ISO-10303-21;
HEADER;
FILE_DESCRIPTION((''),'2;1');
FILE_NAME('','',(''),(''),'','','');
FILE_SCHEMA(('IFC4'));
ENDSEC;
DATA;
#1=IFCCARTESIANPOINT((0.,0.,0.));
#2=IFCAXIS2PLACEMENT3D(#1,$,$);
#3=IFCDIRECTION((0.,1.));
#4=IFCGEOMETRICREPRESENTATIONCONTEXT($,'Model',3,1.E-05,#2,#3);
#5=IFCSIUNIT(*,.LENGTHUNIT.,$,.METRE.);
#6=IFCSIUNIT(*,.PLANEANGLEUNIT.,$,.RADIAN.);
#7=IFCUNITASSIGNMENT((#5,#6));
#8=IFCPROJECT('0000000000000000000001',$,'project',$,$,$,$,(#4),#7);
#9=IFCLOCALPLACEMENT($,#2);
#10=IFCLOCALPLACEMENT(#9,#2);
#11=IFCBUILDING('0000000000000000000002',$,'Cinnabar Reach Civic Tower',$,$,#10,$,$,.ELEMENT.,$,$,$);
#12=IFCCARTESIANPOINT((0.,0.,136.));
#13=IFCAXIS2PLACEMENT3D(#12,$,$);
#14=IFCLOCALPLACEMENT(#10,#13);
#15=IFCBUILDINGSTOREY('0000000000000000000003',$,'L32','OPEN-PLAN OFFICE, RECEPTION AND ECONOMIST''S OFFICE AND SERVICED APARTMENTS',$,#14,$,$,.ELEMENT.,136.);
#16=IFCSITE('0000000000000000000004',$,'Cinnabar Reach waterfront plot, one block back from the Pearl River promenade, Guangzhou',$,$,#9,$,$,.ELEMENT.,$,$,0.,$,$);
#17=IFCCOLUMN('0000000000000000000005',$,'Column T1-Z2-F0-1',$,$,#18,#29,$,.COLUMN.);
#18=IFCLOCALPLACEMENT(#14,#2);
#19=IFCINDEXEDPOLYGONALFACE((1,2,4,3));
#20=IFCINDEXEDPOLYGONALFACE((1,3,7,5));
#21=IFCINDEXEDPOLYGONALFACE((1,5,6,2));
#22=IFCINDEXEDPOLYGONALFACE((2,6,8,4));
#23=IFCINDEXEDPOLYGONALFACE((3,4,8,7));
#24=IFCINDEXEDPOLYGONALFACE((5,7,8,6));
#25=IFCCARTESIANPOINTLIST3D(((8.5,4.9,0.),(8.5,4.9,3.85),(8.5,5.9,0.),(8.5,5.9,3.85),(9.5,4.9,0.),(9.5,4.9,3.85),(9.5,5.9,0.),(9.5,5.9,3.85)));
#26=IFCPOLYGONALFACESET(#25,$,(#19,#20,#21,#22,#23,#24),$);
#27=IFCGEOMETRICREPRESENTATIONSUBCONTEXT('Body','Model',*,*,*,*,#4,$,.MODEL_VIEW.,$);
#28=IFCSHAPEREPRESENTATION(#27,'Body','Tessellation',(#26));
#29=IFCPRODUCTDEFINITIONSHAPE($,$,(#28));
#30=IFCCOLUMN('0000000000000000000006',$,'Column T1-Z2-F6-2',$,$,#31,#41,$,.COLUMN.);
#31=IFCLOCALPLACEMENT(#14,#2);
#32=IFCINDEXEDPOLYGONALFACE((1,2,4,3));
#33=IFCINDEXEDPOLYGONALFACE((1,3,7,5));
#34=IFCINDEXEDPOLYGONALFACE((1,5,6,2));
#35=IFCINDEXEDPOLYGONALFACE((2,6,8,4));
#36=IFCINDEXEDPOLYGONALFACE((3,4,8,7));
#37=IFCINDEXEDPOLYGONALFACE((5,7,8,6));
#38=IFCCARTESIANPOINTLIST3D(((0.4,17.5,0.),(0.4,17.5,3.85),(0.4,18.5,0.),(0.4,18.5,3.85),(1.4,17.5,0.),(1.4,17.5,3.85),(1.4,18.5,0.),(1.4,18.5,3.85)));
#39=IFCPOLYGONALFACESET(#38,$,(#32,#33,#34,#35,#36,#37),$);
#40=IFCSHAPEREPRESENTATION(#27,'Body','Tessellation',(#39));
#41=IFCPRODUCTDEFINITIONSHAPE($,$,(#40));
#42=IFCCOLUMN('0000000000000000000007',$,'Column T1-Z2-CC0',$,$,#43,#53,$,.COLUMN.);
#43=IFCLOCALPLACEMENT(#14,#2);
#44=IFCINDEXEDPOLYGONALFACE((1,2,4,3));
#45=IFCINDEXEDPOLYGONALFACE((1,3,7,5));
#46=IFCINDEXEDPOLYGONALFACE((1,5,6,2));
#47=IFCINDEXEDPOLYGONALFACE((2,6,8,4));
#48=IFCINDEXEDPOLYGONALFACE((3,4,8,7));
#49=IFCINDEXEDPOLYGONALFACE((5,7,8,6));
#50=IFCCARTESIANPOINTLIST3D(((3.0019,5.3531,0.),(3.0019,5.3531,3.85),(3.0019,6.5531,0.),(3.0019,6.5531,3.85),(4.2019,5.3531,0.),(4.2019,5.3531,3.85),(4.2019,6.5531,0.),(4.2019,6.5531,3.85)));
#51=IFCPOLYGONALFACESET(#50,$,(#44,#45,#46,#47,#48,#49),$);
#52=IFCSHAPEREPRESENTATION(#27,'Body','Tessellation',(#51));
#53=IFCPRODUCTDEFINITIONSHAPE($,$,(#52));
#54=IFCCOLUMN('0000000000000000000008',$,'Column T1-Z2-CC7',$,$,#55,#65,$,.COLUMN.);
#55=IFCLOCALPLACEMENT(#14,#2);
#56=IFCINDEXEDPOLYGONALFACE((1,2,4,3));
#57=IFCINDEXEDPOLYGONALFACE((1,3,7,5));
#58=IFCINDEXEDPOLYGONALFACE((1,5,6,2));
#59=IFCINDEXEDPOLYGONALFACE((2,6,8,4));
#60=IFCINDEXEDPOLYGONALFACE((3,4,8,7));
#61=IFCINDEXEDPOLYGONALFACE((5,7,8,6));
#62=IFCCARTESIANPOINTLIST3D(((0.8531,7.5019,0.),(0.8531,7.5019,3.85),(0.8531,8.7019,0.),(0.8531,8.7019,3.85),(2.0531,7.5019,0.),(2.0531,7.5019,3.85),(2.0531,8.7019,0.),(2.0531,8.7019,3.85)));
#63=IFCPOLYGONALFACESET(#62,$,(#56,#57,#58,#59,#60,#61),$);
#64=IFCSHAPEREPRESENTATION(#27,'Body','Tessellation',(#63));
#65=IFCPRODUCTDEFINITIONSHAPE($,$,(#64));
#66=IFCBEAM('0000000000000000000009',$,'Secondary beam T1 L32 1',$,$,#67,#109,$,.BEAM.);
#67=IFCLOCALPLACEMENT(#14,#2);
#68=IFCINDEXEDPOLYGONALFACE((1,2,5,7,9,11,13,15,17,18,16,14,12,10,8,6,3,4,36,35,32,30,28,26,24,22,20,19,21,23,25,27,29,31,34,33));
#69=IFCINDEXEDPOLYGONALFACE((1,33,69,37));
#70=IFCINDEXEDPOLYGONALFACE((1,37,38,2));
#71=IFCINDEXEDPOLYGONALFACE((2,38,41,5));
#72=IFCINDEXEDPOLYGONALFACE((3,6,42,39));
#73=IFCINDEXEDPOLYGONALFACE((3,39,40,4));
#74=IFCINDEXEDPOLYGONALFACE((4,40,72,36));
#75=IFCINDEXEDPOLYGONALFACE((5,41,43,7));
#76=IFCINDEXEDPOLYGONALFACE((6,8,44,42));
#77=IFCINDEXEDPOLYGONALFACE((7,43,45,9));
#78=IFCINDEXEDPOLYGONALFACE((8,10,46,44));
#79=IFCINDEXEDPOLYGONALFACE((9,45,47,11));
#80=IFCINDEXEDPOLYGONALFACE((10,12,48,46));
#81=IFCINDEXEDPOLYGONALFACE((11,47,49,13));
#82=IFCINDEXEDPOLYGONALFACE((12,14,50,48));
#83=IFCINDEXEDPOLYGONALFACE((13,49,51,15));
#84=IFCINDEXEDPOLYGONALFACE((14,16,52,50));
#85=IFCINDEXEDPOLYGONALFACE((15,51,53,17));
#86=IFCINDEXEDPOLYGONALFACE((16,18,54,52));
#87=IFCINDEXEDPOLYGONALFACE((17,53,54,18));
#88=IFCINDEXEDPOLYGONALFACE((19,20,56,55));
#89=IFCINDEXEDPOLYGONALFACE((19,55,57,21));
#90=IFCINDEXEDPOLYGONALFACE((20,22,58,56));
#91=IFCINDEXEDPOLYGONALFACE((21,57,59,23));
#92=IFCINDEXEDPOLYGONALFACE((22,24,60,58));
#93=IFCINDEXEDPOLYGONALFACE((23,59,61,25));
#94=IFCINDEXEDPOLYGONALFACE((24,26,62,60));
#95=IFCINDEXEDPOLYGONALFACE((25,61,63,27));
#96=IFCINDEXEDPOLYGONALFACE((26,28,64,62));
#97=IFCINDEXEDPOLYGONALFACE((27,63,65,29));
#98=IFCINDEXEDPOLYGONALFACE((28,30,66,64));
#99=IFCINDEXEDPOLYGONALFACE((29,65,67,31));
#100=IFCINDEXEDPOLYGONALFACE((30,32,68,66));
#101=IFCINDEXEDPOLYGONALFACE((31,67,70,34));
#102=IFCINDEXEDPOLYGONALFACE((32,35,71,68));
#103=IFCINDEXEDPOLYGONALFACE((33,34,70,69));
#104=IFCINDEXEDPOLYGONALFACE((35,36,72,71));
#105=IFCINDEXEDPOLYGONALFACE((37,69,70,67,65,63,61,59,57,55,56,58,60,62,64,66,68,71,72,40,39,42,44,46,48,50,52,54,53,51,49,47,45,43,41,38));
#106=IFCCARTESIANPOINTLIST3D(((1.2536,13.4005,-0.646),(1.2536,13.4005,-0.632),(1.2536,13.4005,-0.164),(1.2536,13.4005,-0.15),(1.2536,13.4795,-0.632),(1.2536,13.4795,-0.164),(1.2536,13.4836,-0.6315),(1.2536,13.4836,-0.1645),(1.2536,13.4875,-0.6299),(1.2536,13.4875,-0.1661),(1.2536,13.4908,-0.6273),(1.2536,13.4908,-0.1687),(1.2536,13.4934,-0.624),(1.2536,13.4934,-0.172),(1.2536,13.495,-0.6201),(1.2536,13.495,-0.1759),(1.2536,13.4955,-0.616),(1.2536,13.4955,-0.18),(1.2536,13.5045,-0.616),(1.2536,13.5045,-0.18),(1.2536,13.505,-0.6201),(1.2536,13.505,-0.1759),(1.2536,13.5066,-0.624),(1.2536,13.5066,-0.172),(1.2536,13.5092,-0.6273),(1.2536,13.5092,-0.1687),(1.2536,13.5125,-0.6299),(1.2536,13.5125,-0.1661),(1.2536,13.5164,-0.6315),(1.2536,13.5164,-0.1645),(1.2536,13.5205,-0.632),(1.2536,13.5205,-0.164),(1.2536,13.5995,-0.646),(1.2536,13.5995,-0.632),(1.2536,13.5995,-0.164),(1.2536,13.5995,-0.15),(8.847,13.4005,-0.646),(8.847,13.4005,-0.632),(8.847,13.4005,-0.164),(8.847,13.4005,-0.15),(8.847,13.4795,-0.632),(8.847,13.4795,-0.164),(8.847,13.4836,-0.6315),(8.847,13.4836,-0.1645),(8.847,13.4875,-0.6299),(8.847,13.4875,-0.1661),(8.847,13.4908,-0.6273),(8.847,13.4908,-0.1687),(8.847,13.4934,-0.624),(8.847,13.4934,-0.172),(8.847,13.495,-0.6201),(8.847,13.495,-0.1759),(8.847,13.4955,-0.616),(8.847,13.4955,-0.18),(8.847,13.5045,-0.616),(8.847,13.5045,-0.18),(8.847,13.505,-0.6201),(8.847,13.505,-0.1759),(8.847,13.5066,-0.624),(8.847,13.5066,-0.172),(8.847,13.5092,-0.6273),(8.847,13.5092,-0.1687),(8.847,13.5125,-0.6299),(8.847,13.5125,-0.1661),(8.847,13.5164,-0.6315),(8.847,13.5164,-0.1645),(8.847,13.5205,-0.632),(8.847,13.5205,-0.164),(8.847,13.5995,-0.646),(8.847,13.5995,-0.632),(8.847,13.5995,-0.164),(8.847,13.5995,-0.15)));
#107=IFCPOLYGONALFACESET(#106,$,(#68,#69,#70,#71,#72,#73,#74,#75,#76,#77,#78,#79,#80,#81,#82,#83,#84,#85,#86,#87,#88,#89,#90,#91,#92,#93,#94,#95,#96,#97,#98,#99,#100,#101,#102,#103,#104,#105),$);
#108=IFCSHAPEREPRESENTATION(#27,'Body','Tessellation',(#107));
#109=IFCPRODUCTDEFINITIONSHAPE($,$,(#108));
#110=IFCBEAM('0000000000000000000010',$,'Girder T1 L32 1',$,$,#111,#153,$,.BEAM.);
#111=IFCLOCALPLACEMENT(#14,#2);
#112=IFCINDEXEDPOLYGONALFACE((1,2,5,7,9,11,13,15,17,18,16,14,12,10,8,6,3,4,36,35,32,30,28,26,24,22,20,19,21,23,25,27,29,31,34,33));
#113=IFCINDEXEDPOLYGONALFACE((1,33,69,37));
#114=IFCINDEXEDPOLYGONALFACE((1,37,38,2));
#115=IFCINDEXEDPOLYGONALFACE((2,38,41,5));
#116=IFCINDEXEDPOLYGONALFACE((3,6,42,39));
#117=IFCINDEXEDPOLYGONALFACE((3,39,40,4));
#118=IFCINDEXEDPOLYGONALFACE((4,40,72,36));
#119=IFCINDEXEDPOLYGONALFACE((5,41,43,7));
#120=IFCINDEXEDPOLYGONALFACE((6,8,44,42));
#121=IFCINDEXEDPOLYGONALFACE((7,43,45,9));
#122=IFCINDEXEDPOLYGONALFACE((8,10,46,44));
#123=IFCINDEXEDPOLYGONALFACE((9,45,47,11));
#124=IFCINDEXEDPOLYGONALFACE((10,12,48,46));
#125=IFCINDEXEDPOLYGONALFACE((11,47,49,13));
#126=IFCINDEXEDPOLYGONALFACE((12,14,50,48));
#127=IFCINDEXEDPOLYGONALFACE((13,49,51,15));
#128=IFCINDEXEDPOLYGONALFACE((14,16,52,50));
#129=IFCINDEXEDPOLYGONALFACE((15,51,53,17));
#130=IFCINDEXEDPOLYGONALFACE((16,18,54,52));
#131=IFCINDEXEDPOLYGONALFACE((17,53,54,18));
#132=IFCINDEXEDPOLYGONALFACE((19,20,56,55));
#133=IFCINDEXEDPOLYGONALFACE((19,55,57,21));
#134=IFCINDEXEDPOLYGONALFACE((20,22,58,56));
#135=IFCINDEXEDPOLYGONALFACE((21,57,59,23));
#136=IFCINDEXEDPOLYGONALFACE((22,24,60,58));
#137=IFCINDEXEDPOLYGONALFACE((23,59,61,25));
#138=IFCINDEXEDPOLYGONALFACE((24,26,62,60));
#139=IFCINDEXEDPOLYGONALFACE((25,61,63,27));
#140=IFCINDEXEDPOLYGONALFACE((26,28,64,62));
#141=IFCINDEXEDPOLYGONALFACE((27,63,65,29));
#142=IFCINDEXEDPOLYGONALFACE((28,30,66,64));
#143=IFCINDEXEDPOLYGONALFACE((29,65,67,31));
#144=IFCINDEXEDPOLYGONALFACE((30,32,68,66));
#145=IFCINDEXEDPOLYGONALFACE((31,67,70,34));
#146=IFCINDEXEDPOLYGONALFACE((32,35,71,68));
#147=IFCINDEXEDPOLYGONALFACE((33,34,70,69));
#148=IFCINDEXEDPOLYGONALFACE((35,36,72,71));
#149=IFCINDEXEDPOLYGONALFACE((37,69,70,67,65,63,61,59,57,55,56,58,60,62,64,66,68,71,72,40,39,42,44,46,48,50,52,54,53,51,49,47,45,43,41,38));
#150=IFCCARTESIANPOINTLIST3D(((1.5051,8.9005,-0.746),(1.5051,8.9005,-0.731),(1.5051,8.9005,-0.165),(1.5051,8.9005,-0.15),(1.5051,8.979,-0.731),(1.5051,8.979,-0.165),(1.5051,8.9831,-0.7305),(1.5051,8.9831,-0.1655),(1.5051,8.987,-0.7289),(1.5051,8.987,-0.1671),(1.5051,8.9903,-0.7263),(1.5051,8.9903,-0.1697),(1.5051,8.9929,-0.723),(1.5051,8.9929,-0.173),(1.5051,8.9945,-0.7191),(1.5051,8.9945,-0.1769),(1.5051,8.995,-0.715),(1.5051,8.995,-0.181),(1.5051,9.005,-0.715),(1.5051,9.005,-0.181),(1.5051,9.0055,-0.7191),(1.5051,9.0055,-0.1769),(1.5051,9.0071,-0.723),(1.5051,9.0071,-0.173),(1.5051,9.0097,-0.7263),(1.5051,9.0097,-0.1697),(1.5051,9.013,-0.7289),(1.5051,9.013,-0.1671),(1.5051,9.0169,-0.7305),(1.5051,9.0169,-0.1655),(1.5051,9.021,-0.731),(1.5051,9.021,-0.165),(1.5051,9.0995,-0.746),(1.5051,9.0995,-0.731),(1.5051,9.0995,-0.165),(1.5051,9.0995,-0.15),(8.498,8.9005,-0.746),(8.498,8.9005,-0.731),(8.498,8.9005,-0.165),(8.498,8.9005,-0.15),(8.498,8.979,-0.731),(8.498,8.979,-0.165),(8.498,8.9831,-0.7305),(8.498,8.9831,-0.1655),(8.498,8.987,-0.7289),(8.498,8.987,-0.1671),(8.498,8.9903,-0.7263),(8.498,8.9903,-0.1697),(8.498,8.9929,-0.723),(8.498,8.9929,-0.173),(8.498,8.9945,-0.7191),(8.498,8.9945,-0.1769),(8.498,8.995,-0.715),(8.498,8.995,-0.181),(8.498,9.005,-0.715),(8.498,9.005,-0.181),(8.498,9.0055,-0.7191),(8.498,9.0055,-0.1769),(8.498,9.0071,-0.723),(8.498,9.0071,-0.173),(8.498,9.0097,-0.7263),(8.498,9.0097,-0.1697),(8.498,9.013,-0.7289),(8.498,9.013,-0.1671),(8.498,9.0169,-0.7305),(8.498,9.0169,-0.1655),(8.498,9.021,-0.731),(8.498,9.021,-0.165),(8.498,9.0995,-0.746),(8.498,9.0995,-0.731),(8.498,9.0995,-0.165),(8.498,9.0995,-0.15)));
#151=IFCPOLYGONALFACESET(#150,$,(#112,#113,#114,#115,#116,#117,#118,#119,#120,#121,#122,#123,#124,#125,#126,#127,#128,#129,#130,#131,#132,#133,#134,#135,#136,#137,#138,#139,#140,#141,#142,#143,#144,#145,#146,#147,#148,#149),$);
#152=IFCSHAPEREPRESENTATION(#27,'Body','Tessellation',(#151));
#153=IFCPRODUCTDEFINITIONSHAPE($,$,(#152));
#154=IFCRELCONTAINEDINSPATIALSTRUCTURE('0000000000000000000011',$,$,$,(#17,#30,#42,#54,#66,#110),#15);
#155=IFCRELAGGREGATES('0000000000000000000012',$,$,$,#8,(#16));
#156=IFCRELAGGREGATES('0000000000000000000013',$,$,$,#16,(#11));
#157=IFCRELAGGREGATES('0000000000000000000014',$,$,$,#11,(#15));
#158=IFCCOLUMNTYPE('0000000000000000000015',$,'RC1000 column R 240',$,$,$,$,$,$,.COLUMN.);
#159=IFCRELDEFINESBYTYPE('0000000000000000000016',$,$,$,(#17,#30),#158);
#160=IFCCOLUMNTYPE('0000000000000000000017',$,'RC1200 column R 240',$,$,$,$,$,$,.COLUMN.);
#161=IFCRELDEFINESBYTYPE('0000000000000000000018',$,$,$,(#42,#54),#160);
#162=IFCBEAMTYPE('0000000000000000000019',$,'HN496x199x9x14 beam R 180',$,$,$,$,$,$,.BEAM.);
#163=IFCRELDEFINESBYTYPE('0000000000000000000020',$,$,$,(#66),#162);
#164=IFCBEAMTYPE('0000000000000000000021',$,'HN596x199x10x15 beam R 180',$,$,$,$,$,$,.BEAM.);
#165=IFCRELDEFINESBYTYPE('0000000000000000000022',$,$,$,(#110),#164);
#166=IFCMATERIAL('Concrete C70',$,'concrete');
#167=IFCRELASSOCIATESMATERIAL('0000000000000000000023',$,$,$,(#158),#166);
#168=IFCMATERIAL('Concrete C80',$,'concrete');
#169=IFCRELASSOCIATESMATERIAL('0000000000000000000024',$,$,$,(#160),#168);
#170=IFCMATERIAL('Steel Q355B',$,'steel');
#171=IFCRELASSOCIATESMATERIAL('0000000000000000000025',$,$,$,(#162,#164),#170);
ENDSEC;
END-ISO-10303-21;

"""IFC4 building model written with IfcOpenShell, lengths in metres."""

from ifc_helpers import new_model, si_unit, direction, frame, origin, origin_2d, place, context, subcontext, project, spatial, rectangle, i_section, extrude, material, material_profile, profile_set, type_object, element, save


model = new_model("IFC4")

# Units and contexts
model_context = context("Model", 3, precision=1e-05, world=origin(), true_north=direction((0.0, 1.0)))
body_context = subcontext(model_context, "Body", "Model", "MODEL_VIEW")
ifc_project = project(units=[si_unit("LENGTHUNIT", "METRE"), si_unit("PLANEANGLEUNIT", "RADIAN")], contexts=[model_context])

# Site, building, storey
site_placement = place(None, origin())
site = spatial("IfcSite", under=ifc_project, at=site_placement, Name="Cinnabar Reach waterfront plot, one block back from the Pearl River promenade, Guangzhou", CompositionType="ELEMENT", RefElevation=0.0)
building_placement = place(site_placement, origin())
building = spatial("IfcBuilding", under=site, at=building_placement, Name="Cinnabar Reach Civic Tower", CompositionType="ELEMENT")
storey_placement = place(building_placement, frame((0.0, 0.0, 136.0)))
storey = spatial("IfcBuildingStorey", under=building, at=storey_placement, Name="L32", Description="OPEN-PLAN OFFICE, RECEPTION AND ECONOMIST'S OFFICE AND SERVICED APARTMENTS", CompositionType="ELEMENT", Elevation=136.0)

# Columns
ifc_material_1 = material(Name="Concrete C70", Category="concrete")
ifc_material_profile_1 = material_profile(ifc_material_1, rectangle(XDim=1.0, YDim=1.0, at=origin_2d()), Name="RC1000")
ifc_profile_set_1 = profile_set([ifc_material_profile_1], Name="Concrete C70")
column_type_1 = type_object("IfcColumnType", Name="RC1000 column R 240", PredefinedType="COLUMN", material=ifc_profile_set_1)
for number, where, z_axis, x_axis, name in (
    (1, (9.0, 5.4, 0.0), (0.0, 0.0, 1.0), (1.0, 0.0, 0.0), "Column T1-Z2-F0-1"),
    (2, (0.9, 18.0, 0.0), (0.0, 0.0, 1.0), (1.0, 0.0, 0.0), "Column T1-Z2-F6-2"),
):
    element("IfcColumn", number, at=place(storey_placement, frame(where, z_axis=z_axis, x_axis=x_axis)), inside=storey, type_object=column_type_1, Name=name, PredefinedType="COLUMN", context=body_context, shape_type="SweptSolid", body=[
        extrude(rectangle(XDim=1.0, YDim=1.0, at=origin_2d()), origin(), (0.0, 0.0, 1.0), 3.85),
    ])
ifc_material_2 = material(Name="Concrete C80", Category="concrete")
ifc_material_profile_2 = material_profile(ifc_material_2, rectangle(XDim=1.2, YDim=1.2, at=origin_2d()), Name="RC1200")
ifc_profile_set_2 = profile_set([ifc_material_profile_2], Name="Concrete C80")
column_type_2 = type_object("IfcColumnType", Name="RC1200 column R 240", PredefinedType="COLUMN", material=ifc_profile_set_2)
for number, where, z_axis, x_axis, name in (
    (3, (3.6019, 5.9531, 0.0), (0.0, 0.0, 1.0), (1.0, 0.0, 0.0), "Column T1-Z2-CC0"),
    (4, (1.4531, 8.1019, 0.0), (0.0, 0.0, 1.0), (1.0, 0.0, 0.0), "Column T1-Z2-CC7"),
):
    element("IfcColumn", number, at=place(storey_placement, frame(where, z_axis=z_axis, x_axis=x_axis)), inside=storey, type_object=column_type_2, Name=name, PredefinedType="COLUMN", context=body_context, shape_type="SweptSolid", body=[
        extrude(rectangle(XDim=1.2, YDim=1.2, at=origin_2d()), origin(), (0.0, 0.0, 1.0), 3.85),
    ])

# Beams
ifc_material_3 = material(Name="Steel Q355B", Category="steel")
ifc_material_profile_3 = material_profile(ifc_material_3, i_section(OverallWidth=0.199, OverallDepth=0.496, WebThickness=0.009, FlangeThickness=0.014, FilletRadius=0.016, at=origin_2d()), Name="HN496x199x9x14")
ifc_profile_set_3 = profile_set([ifc_material_profile_3], Name="Steel Q355B")
beam_type_1 = type_object("IfcBeamType", Name="HN496x199x9x14 beam R 180", PredefinedType="BEAM", material=ifc_profile_set_3)
beam_1_placement = place(storey_placement, frame((1.2536, 13.5, -0.398), z_axis=(1.0, 0.0, 0.0), x_axis=(0.0, 1.0, 0.0)))
element("IfcBeam", 5, at=beam_1_placement, inside=storey, type_object=beam_type_1, Name="Secondary beam T1 L32 1", PredefinedType="BEAM", context=body_context, shape_type="SweptSolid", body=[
    extrude(i_section(OverallWidth=0.199, OverallDepth=0.496, WebThickness=0.009, FlangeThickness=0.014, FilletRadius=0.016, at=origin_2d()), origin(), (0.0, 0.0, 1.0), 7.5934),
])
ifc_material_profile_4 = material_profile(ifc_material_3, i_section(OverallWidth=0.199, OverallDepth=0.596, WebThickness=0.01, FlangeThickness=0.015, FilletRadius=0.016, at=origin_2d()), Name="HN596x199x10x15")
ifc_profile_set_4 = profile_set([ifc_material_profile_4], Name="Steel Q355B")
beam_type_2 = type_object("IfcBeamType", Name="HN596x199x10x15 beam R 180", PredefinedType="BEAM", material=ifc_profile_set_4)
beam_2_placement = place(storey_placement, frame((1.5051, 9.0, -0.448), z_axis=(1.0, 0.0, 0.0), x_axis=(0.0, 1.0, 0.0)))
element("IfcBeam", 6, at=beam_2_placement, inside=storey, type_object=beam_type_2, Name="Girder T1 L32 1", PredefinedType="BEAM", context=body_context, shape_type="SweptSolid", body=[
    extrude(i_section(OverallWidth=0.199, OverallDepth=0.596, WebThickness=0.01, FlangeThickness=0.015, FilletRadius=0.016, at=origin_2d()), origin(), (0.0, 0.0, 1.0), 6.9929),
])

save(model, "model.ifc")
